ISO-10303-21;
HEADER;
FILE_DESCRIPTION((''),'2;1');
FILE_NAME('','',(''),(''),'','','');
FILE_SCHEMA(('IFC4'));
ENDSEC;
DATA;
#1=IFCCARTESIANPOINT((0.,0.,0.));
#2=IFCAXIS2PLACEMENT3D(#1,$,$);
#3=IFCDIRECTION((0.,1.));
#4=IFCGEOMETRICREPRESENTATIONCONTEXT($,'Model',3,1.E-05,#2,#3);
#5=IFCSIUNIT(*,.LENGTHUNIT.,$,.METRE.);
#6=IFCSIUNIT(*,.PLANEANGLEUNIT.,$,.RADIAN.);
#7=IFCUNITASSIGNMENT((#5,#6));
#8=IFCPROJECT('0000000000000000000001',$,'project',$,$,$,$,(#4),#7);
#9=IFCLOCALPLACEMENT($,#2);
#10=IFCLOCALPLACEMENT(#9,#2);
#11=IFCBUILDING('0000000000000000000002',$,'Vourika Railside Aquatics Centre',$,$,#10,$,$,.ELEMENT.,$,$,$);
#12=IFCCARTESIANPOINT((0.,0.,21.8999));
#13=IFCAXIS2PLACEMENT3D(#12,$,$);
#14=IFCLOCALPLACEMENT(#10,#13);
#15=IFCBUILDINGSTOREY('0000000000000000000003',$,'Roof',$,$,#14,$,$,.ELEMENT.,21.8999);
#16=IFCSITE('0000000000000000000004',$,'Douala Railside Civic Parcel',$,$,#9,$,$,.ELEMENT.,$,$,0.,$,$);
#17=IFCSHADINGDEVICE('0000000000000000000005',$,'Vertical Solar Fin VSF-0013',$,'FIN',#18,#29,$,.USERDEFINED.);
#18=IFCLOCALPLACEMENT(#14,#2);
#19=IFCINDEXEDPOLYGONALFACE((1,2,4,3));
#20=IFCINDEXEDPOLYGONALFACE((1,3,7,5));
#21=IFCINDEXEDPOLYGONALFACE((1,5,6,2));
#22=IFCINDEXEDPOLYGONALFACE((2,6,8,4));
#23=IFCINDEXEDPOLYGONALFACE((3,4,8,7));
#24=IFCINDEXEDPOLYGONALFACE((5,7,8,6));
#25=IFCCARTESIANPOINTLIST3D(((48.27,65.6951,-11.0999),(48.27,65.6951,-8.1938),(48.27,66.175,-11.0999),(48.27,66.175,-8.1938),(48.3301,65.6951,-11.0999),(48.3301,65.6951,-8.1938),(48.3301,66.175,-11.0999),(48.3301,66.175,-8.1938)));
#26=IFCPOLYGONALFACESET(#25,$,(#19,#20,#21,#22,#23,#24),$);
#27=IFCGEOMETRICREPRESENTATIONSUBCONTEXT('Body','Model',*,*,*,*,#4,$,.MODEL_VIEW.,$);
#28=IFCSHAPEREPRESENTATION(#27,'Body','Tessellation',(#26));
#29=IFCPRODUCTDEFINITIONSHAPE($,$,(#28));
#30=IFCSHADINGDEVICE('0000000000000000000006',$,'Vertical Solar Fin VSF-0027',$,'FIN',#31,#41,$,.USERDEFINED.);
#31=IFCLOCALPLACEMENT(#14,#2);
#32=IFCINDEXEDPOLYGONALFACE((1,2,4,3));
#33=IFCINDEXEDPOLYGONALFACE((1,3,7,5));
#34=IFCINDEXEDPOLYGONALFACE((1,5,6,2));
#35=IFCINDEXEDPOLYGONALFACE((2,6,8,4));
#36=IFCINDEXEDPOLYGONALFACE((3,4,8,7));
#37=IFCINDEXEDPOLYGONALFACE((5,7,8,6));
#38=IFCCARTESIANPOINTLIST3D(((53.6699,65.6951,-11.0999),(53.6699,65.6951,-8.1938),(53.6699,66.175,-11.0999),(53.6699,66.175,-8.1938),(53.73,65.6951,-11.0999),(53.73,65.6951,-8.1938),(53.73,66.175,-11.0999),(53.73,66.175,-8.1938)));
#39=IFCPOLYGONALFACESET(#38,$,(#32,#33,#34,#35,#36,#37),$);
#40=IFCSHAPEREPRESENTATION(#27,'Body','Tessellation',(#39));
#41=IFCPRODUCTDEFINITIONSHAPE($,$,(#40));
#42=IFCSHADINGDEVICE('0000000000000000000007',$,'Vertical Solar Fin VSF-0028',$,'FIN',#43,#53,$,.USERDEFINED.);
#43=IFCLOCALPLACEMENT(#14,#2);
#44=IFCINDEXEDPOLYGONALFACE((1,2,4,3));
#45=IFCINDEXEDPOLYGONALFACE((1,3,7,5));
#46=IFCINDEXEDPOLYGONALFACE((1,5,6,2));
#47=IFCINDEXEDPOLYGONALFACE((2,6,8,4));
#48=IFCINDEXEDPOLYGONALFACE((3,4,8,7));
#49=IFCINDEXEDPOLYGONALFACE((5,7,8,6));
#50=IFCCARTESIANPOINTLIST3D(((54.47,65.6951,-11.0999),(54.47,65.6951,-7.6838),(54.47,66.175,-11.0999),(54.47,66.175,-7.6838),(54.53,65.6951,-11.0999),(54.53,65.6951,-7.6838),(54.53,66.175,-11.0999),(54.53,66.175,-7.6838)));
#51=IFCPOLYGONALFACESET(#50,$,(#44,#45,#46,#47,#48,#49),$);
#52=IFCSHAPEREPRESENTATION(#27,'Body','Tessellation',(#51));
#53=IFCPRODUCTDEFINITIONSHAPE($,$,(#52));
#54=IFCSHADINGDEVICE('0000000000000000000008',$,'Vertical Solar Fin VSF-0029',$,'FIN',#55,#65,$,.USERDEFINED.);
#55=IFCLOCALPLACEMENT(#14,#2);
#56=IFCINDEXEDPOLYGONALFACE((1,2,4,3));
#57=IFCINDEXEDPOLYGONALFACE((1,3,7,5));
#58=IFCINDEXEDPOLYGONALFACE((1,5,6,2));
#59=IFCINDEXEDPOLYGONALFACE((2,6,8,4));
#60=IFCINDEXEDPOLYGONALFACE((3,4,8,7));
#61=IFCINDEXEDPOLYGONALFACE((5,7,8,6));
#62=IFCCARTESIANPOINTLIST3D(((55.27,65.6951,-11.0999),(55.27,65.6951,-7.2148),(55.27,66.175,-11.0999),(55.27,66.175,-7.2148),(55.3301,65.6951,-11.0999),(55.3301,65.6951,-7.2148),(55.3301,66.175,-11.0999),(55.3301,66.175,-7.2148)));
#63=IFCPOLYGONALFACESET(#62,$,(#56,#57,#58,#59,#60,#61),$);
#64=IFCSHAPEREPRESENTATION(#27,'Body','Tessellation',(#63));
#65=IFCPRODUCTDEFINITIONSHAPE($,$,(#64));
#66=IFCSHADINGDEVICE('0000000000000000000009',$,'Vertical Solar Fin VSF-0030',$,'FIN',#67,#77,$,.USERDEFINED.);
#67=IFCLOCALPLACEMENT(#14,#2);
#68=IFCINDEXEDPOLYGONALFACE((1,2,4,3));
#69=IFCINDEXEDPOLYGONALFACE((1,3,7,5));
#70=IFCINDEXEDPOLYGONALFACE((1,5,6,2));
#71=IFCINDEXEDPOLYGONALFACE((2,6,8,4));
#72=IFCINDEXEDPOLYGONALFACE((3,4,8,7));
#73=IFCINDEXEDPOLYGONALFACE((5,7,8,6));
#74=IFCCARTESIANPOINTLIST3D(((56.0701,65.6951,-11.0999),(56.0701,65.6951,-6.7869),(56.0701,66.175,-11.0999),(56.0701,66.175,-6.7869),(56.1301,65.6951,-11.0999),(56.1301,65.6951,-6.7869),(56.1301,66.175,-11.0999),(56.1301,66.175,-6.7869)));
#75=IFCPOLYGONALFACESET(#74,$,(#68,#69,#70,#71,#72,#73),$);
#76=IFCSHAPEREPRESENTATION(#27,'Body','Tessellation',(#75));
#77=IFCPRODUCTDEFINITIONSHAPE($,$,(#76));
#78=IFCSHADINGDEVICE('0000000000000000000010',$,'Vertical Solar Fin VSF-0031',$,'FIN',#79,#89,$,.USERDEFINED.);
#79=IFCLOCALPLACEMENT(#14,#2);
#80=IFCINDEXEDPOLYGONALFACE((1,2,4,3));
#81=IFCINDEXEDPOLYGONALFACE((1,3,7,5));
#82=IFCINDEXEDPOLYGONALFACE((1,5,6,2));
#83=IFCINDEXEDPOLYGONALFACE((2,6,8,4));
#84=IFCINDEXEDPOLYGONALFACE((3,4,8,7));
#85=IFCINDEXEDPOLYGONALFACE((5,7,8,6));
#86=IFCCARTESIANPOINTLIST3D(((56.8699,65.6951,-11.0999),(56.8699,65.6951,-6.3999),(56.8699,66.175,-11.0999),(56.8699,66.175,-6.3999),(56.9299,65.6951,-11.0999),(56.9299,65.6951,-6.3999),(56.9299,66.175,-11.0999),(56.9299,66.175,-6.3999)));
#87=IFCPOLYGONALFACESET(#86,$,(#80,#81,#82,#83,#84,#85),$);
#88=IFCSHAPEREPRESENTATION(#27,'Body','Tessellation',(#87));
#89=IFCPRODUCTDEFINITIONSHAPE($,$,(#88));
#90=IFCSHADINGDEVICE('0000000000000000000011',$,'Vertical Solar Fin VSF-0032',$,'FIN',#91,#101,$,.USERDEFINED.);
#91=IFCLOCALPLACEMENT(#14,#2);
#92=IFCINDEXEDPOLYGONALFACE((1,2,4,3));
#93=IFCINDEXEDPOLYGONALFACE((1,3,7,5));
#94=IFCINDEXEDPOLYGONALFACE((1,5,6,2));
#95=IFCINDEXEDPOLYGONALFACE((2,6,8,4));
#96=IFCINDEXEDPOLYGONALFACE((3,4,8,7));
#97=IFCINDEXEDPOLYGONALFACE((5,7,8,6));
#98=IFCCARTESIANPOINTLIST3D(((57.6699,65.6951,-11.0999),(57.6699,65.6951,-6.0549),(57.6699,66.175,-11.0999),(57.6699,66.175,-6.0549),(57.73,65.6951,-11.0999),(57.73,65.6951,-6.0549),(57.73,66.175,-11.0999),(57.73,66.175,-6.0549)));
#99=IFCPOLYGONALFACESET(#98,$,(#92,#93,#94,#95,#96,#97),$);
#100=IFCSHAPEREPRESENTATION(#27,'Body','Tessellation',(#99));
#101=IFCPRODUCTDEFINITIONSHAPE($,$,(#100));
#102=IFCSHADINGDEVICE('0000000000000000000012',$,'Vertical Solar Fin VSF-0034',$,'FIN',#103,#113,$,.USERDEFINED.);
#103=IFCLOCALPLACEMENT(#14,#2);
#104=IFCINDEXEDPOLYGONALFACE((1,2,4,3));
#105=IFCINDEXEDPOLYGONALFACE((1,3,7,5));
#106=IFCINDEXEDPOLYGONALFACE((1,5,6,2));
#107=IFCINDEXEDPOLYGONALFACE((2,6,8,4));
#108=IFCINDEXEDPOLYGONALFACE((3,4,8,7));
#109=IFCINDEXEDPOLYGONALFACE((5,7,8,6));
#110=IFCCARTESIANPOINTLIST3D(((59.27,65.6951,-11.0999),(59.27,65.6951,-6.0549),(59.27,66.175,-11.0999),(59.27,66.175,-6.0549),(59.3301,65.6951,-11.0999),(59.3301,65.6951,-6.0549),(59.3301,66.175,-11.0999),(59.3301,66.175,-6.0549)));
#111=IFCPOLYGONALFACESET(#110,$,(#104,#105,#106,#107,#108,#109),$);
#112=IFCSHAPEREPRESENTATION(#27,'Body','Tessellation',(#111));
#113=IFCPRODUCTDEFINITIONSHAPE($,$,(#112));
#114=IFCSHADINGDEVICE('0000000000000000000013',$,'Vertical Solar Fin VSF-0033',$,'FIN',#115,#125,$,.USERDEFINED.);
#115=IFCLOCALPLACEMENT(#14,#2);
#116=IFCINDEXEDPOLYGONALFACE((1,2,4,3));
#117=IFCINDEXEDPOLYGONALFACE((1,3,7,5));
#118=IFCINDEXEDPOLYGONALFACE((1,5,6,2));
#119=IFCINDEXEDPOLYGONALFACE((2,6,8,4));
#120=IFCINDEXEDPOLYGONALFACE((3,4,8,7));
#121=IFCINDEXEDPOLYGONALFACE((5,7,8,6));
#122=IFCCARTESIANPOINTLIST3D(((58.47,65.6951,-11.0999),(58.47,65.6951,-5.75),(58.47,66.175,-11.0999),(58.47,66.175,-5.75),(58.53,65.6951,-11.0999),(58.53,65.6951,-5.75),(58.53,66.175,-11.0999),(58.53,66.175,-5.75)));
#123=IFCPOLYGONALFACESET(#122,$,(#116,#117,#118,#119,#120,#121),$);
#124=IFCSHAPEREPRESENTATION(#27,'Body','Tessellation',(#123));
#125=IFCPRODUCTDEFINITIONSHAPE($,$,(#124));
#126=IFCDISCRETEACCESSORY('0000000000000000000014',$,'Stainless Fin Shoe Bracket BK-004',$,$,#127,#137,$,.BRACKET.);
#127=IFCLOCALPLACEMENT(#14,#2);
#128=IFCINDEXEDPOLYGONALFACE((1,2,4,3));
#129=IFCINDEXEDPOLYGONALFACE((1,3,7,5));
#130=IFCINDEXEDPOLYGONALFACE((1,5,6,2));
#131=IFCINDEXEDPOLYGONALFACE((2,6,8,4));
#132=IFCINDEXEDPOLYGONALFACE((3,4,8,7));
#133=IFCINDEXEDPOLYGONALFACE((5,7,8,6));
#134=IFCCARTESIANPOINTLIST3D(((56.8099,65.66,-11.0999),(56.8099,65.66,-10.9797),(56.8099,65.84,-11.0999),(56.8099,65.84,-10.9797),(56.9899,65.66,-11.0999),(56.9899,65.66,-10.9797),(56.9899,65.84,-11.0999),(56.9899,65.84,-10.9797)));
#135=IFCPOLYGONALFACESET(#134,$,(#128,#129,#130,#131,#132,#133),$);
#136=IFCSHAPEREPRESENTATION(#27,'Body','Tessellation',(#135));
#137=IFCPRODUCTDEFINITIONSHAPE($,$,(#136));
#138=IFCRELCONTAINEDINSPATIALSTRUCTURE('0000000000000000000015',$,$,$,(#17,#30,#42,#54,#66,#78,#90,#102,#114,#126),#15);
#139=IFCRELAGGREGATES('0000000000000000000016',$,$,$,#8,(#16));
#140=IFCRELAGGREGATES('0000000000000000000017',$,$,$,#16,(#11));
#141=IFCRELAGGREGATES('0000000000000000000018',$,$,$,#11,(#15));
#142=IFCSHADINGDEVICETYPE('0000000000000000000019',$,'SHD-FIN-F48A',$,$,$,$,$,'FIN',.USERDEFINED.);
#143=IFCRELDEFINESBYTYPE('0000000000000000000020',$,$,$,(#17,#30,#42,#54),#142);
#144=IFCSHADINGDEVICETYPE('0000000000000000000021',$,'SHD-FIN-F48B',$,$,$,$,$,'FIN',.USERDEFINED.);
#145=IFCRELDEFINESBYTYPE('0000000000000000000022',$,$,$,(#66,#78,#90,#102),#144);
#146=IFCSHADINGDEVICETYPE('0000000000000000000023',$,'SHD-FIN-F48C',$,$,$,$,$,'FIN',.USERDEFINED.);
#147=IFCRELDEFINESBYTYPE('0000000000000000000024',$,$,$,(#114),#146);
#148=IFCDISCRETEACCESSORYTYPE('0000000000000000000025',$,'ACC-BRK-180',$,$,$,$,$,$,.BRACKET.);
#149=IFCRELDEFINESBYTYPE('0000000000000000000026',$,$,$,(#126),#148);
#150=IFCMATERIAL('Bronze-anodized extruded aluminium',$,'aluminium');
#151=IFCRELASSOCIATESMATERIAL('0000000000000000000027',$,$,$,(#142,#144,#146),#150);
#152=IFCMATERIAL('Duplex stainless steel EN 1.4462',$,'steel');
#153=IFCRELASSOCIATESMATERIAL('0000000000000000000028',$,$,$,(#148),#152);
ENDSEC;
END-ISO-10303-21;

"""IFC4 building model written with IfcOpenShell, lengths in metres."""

from ifc_helpers import new_model, si_unit, direction, frame, origin, origin_2d, place, context, subcontext, project, spatial, rectangle, extrude, material, material_profile, profile_set, type_object, element, save


model = new_model("IFC4")

# Units and contexts
model_context = context("Model", 3, precision=1e-05, world=origin(), true_north=direction((0.0, 1.0)))
body_context = subcontext(model_context, "Body", "Model", "MODEL_VIEW")
ifc_project = project(units=[si_unit("LENGTHUNIT", "METRE"), si_unit("PLANEANGLEUNIT", "RADIAN")], contexts=[model_context])

# Site, building, storey
site_placement = place(None, origin())
site = spatial("IfcSite", under=ifc_project, at=site_placement, Name="Douala Railside Civic Parcel", CompositionType="ELEMENT", RefElevation=0.0)
building_placement = place(site_placement, origin())
building = spatial("IfcBuilding", under=site, at=building_placement, Name="Vourika Railside Aquatics Centre", CompositionType="ELEMENT")
storey_placement = place(building_placement, frame((0.0, 0.0, 21.8999)))
storey = spatial("IfcBuildingStorey", under=building, at=storey_placement, Name="Roof", CompositionType="ELEMENT", Elevation=21.8999)

# Shading devices
ifc_material_1 = material(Name="Bronze-anodized extruded aluminium", Category="aluminium")
ifc_material_profile_1 = material_profile(ifc_material_1, rectangle(XDim=0.0601, YDim=0.48, at=origin_2d()), Name="ALU-FIN 60x480")
ifc_profile_set_1 = profile_set([ifc_material_profile_1], Name="Bronze-anodized extruded aluminium")
shading_device_type_1 = type_object("IfcShadingDeviceType", Name="SHD-FIN-F48A", ElementType="FIN", PredefinedType="USERDEFINED", material=ifc_profile_set_1)
for number, where, z_axis, x_axis, name in (
    (1, (48.3, 65.9351, -11.0999), (0.0, 0.0, 1.0), (1.0, 0.0, 0.0), "Vertical Solar Fin VSF-0013"),
    (2, (53.7, 65.9351, -11.0999), (0.0, 0.0, 1.0), (1.0, 0.0, 0.0), "Vertical Solar Fin VSF-0027"),
):
    element("IfcShadingDevice", number, at=place(storey_placement, frame(where, z_axis=z_axis, x_axis=x_axis)), inside=storey, type_object=shading_device_type_1, Name=name, ObjectType="FIN", PredefinedType="USERDEFINED", context=body_context, shape_type="SweptSolid", body=[
        extrude(rectangle(XDim=0.0601, YDim=0.48, at=origin_2d()), origin(), (0.0, 0.0, 1.0), 2.906),
    ])
shading_device_1_placement = place(storey_placement, frame((54.5, 65.9351, -11.0999), z_axis=(0.0, 0.0, 1.0), x_axis=(1.0, 0.0, 0.0)))
element("IfcShadingDevice", 3, at=shading_device_1_placement, inside=storey, type_object=shading_device_type_1, Name="Vertical Solar Fin VSF-0028", ObjectType="FIN", PredefinedType="USERDEFINED", context=body_context, shape_type="SweptSolid", body=[
    extrude(rectangle(XDim=0.0601, YDim=0.48, at=origin_2d()), origin(), (0.0, 0.0, 1.0), 3.416),
])
shading_device_2_placement = place(storey_placement, frame((55.3, 65.9351, -11.0999), z_axis=(0.0, 0.0, 1.0), x_axis=(1.0, 0.0, 0.0)))
element("IfcShadingDevice", 4, at=shading_device_2_placement, inside=storey, type_object=shading_device_type_1, Name="Vertical Solar Fin VSF-0029", ObjectType="FIN", PredefinedType="USERDEFINED", context=body_context, shape_type="SweptSolid", body=[
    extrude(rectangle(XDim=0.0601, YDim=0.48, at=origin_2d()), origin(), (0.0, 0.0, 1.0), 3.885),
])
ifc_material_profile_2 = material_profile(ifc_material_1, rectangle(XDim=0.0601, YDim=0.48, at=origin_2d()), Name="ALU-FIN 60x480")
ifc_profile_set_2 = profile_set([ifc_material_profile_2], Name="Bronze-anodized extruded aluminium")
shading_device_type_2 = type_object("IfcShadingDeviceType", Name="SHD-FIN-F48B", ElementType="FIN", PredefinedType="USERDEFINED", material=ifc_profile_set_2)
shading_device_3_placement = place(storey_placement, frame((56.1001, 65.9351, -11.0999), z_axis=(0.0, 0.0, 1.0), x_axis=(1.0, 0.0, 0.0)))
element("IfcShadingDevice", 5, at=shading_device_3_placement, inside=storey, type_object=shading_device_type_2, Name="Vertical Solar Fin VSF-0030", ObjectType="FIN", PredefinedType="USERDEFINED", context=body_context, shape_type="SweptSolid", body=[
    extrude(rectangle(XDim=0.0601, YDim=0.48, at=origin_2d()), origin(), (0.0, 0.0, 1.0), 4.313),
])
shading_device_4_placement = place(storey_placement, frame((56.8999, 65.9351, -11.0999), z_axis=(0.0, 0.0, 1.0), x_axis=(1.0, 0.0, 0.0)))
element("IfcShadingDevice", 6, at=shading_device_4_placement, inside=storey, type_object=shading_device_type_2, Name="Vertical Solar Fin VSF-0031", ObjectType="FIN", PredefinedType="USERDEFINED", context=body_context, shape_type="SweptSolid", body=[
    extrude(rectangle(XDim=0.0601, YDim=0.48, at=origin_2d()), origin(), (0.0, 0.0, 1.0), 4.7),
])
for number, where, z_axis, x_axis, name in (
    (7, (57.7, 65.9351, -11.0999), (0.0, 0.0, 1.0), (1.0, 0.0, 0.0), "Vertical Solar Fin VSF-0032"),
    (8, (59.3, 65.9351, -11.0999), (0.0, 0.0, 1.0), (1.0, 0.0, 0.0), "Vertical Solar Fin VSF-0034"),
):
    element("IfcShadingDevice", number, at=place(storey_placement, frame(where, z_axis=z_axis, x_axis=x_axis)), inside=storey, type_object=shading_device_type_2, Name=name, ObjectType="FIN", PredefinedType="USERDEFINED", context=body_context, shape_type="SweptSolid", body=[
        extrude(rectangle(XDim=0.0601, YDim=0.48, at=origin_2d()), origin(), (0.0, 0.0, 1.0), 5.0449),
    ])
ifc_material_profile_3 = material_profile(ifc_material_1, rectangle(XDim=0.0601, YDim=0.48, at=origin_2d()), Name="ALU-FIN 60x480")
ifc_profile_set_3 = profile_set([ifc_material_profile_3], Name="Bronze-anodized extruded aluminium")
shading_device_type_3 = type_object("IfcShadingDeviceType", Name="SHD-FIN-F48C", ElementType="FIN", PredefinedType="USERDEFINED", material=ifc_profile_set_3)
shading_device_5_placement = place(storey_placement, frame((58.5, 65.9351, -11.0999), z_axis=(0.0, 0.0, 1.0), x_axis=(1.0, 0.0, 0.0)))
element("IfcShadingDevice", 9, at=shading_device_5_placement, inside=storey, type_object=shading_device_type_3, Name="Vertical Solar Fin VSF-0033", ObjectType="FIN", PredefinedType="USERDEFINED", context=body_context, shape_type="SweptSolid", body=[
    extrude(rectangle(XDim=0.0601, YDim=0.48, at=origin_2d()), origin(), (0.0, 0.0, 1.0), 5.3499),
])

# Discrete accessory
ifc_material_2 = material(Name="Duplex stainless steel EN 1.4462", Category="steel")
discrete_accessory_type = type_object("IfcDiscreteAccessoryType", Name="ACC-BRK-180", PredefinedType="BRACKET", material=ifc_material_2)
discrete_accessory_placement = place(storey_placement, frame((56.8999, 65.75, -11.0999), z_axis=(0.0, 0.0, 1.0), x_axis=(0.0, 1.0, 0.0)))
element("IfcDiscreteAccessory", 10, at=discrete_accessory_placement, inside=storey, type_object=discrete_accessory_type, Name="Stainless Fin Shoe Bracket BK-004", PredefinedType="BRACKET", context=body_context, shape_type="SweptSolid", body=[
    extrude(rectangle(XDim=0.1799, YDim=0.1799, at=origin_2d()), origin(), (0.0, 0.0, 1.0), 0.1201),
])

save(model, "model.ifc")
